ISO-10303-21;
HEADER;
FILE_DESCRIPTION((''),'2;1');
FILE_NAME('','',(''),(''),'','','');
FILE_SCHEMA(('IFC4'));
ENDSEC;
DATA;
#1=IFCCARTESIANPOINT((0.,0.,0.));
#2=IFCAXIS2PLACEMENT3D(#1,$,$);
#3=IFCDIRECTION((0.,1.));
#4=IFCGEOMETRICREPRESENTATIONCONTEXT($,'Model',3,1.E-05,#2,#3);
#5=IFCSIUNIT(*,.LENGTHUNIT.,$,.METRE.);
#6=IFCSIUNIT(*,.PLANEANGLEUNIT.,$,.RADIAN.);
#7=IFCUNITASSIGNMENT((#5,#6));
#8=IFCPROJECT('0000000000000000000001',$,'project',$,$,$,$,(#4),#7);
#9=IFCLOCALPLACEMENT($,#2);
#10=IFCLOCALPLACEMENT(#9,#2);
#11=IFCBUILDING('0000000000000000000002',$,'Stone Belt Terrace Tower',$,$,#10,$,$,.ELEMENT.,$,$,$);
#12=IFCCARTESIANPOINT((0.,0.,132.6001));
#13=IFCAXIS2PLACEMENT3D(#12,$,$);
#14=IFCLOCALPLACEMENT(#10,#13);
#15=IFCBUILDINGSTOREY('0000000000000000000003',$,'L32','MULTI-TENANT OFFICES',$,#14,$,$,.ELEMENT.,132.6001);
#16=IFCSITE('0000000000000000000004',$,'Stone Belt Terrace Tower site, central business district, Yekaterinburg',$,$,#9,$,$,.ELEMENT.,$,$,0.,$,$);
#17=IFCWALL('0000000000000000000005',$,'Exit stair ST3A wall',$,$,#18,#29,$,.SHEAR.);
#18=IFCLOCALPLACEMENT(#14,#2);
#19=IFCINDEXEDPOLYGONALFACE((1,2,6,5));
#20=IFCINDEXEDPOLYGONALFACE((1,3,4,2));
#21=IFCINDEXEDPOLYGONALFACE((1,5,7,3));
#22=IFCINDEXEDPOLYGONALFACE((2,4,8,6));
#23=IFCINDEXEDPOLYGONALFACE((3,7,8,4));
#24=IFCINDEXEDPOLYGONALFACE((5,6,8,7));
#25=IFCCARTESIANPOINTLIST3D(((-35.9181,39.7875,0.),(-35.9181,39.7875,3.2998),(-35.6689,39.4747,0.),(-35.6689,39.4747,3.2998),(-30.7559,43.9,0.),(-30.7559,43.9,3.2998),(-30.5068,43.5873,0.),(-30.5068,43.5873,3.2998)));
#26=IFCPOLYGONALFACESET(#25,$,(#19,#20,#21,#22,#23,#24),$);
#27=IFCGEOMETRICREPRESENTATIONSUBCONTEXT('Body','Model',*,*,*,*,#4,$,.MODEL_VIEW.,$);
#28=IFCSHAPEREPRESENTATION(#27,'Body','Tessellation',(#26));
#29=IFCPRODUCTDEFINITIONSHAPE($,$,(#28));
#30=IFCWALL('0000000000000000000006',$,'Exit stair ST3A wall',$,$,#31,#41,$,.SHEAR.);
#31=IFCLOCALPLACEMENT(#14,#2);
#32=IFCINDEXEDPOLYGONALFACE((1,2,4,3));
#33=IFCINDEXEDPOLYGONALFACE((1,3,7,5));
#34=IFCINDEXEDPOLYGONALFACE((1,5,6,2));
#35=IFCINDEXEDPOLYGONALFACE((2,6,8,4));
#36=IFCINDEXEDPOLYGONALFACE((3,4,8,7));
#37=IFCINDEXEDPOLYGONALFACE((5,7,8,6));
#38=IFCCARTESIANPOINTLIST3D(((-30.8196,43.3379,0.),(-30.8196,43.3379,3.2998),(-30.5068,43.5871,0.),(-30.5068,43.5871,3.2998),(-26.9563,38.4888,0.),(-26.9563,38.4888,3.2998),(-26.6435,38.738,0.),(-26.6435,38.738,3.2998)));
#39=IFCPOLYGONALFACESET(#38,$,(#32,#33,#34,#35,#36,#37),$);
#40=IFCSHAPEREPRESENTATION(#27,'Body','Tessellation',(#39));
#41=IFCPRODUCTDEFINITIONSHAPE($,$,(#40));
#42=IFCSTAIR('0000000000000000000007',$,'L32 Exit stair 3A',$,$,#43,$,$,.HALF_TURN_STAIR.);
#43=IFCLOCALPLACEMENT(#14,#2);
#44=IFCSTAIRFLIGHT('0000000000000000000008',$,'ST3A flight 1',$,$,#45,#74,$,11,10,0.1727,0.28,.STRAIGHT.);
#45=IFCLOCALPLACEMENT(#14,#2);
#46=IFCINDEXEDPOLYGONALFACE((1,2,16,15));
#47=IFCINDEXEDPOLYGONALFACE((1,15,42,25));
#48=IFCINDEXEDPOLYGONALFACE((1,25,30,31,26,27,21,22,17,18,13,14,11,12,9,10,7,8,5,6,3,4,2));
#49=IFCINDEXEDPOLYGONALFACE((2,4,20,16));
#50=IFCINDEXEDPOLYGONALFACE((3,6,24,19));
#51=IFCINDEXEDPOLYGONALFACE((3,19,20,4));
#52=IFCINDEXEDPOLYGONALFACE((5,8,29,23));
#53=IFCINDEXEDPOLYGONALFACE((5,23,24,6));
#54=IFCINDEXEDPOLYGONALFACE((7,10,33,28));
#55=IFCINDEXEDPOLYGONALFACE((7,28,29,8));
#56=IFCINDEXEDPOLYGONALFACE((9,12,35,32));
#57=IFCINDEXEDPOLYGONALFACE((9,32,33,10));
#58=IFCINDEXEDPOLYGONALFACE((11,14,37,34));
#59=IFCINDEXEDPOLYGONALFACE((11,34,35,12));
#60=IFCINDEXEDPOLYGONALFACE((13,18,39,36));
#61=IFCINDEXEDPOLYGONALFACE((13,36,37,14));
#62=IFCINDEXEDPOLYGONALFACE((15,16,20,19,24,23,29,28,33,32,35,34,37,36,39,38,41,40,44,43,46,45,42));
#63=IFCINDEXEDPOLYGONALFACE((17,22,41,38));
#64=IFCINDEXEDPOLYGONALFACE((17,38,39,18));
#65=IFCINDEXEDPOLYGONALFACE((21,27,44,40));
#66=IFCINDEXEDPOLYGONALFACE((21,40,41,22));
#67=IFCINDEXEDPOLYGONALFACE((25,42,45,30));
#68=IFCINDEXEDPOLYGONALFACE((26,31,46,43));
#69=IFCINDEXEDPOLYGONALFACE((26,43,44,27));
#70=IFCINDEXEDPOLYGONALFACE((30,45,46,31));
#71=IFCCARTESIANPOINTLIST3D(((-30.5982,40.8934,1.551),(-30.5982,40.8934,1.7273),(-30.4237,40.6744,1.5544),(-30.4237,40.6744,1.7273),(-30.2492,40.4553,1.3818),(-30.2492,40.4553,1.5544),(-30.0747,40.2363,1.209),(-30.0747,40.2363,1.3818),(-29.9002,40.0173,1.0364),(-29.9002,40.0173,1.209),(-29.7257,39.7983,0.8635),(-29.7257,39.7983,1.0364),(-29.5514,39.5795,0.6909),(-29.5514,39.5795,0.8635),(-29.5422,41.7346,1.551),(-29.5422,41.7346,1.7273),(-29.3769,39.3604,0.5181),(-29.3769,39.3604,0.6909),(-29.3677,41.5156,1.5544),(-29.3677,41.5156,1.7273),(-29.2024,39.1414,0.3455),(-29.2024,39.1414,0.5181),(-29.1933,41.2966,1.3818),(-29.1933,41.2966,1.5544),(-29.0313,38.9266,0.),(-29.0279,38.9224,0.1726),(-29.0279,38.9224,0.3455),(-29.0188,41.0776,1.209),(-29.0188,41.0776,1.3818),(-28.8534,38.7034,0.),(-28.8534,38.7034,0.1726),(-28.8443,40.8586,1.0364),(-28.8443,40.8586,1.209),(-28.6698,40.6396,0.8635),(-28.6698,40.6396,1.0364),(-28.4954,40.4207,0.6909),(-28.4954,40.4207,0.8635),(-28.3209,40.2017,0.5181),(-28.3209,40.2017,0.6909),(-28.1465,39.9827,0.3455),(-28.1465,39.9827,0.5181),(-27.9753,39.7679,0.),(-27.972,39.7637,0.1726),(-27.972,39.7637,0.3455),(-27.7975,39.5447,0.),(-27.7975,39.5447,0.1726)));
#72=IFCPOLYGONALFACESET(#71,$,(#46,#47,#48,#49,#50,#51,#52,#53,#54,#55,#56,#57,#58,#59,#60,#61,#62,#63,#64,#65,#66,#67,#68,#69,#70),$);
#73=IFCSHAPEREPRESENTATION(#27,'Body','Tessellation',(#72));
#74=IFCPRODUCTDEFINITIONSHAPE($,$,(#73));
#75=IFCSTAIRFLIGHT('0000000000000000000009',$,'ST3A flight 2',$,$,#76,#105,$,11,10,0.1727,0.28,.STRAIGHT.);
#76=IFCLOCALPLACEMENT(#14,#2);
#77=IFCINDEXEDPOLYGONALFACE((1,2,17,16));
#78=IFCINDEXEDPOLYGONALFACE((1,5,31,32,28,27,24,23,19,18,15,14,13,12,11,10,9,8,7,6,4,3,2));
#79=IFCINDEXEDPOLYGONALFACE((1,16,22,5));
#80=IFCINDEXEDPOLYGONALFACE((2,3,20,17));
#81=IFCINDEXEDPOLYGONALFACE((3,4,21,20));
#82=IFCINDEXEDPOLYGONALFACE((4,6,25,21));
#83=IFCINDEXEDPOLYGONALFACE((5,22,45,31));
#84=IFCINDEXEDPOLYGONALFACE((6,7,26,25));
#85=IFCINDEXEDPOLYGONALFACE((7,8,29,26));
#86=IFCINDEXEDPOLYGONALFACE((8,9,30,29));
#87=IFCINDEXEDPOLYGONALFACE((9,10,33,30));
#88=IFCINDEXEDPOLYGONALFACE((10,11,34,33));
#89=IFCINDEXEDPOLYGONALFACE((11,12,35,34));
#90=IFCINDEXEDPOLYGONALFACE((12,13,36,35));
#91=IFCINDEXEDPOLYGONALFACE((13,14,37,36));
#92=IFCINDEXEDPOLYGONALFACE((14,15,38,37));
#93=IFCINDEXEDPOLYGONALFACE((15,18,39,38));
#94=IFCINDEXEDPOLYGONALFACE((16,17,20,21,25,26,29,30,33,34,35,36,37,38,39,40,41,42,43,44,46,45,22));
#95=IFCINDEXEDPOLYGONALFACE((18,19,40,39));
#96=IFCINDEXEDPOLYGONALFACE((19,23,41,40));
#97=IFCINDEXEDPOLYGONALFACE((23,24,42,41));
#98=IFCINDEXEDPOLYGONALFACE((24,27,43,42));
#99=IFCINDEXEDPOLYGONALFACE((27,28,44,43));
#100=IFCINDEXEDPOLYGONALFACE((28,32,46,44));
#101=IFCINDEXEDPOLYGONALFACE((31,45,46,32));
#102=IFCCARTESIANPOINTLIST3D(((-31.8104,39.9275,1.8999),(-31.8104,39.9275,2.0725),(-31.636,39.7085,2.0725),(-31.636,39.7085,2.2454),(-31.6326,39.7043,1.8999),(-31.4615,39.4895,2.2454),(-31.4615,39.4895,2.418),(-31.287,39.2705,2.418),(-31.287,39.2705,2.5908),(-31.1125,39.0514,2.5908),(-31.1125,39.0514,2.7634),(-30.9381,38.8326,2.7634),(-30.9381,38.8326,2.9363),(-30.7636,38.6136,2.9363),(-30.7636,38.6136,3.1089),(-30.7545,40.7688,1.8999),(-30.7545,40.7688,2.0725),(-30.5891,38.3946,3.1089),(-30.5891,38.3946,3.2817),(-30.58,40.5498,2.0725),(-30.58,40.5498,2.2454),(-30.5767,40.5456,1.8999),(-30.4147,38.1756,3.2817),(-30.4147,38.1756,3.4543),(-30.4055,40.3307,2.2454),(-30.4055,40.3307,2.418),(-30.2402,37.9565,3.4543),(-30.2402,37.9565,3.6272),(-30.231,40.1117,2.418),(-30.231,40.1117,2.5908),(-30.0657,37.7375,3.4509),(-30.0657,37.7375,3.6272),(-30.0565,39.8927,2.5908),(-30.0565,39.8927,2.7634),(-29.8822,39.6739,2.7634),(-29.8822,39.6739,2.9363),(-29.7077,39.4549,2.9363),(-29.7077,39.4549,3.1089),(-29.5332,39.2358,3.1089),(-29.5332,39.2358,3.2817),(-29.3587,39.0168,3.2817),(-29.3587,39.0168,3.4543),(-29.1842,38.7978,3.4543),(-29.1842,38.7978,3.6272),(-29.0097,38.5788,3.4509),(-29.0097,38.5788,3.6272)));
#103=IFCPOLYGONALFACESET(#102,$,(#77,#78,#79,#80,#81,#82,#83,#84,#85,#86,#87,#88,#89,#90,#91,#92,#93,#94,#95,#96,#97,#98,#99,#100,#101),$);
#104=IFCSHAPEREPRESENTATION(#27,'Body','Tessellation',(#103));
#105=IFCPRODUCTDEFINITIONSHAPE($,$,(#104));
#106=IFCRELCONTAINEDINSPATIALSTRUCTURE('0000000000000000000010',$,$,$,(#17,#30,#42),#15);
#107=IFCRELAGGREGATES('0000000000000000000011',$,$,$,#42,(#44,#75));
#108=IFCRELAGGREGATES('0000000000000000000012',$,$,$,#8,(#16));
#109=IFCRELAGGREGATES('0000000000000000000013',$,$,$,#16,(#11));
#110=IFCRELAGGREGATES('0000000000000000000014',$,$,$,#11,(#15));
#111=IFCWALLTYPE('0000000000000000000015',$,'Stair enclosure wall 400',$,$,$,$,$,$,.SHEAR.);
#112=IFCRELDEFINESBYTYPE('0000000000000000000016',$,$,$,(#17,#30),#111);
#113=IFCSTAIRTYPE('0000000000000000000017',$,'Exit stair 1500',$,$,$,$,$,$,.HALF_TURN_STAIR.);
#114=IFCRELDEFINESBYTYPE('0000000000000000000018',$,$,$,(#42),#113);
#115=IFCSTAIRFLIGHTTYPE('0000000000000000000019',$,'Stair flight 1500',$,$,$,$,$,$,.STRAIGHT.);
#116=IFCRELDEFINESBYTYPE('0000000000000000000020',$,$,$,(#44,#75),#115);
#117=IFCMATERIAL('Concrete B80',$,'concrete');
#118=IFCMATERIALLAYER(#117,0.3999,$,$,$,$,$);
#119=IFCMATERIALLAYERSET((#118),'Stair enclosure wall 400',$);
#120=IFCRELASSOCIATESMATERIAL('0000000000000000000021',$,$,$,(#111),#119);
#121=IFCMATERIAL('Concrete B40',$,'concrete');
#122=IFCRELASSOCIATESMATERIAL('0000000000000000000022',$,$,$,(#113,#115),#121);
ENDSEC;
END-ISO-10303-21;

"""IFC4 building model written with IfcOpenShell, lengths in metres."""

from ifc_helpers import new_model, si_unit, direction, frame, frame_2d, origin, place, context, subcontext, project, spatial, polyline, rectangle, outline, extrude, material, layer, layer_set, type_object, element, aggregate, save


model = new_model("IFC4")

# Units and contexts
model_context = context("Model", 3, precision=1e-05, world=origin(), true_north=direction((0.0, 1.0)))
body_context = subcontext(model_context, "Body", "Model", "MODEL_VIEW")
ifc_project = project(units=[si_unit("LENGTHUNIT", "METRE"), si_unit("PLANEANGLEUNIT", "RADIAN")], contexts=[model_context])

# Site, building, storey
site_placement = place(None, origin())
site = spatial("IfcSite", under=ifc_project, at=site_placement, Name="Stone Belt Terrace Tower site, central business district, Yekaterinburg", CompositionType="ELEMENT", RefElevation=0.0)
building_placement = place(site_placement, origin())
building = spatial("IfcBuilding", under=site, at=building_placement, Name="Stone Belt Terrace Tower", CompositionType="ELEMENT")
storey_placement = place(building_placement, frame((0.0, 0.0, 132.6001)))
storey = spatial("IfcBuildingStorey", under=building, at=storey_placement, Name="L32", Description="MULTI-TENANT OFFICES", CompositionType="ELEMENT", Elevation=132.6001)

# Shared definitions
ifc_material_1 = material(Name="Concrete B80", Category="concrete")

# Walls
ifc_layer_1 = layer(ifc_material_1, 0.3999)
ifc_layer_set_1 = layer_set([ifc_layer_1], Name="Stair enclosure wall 400")
wall_type_1 = type_object("IfcWallType", Name="Stair enclosure wall 400", PredefinedType="SHEAR", material=ifc_layer_set_1)
for number, where, z_axis, x_axis, name in (
    (1, (-30.6313, 43.7437, 0.0), (0.0, 0.0, 1.0), (-0.782134, -0.62311, 0.0), "Exit stair ST3A wall"),
):
    element("IfcWall", number, at=place(storey_placement, frame(where, z_axis=z_axis, x_axis=x_axis)), inside=storey, type_object=wall_type_1, Name=name, PredefinedType="SHEAR", context=body_context, shape_type="SweptSolid", body=[
        extrude(rectangle(XDim=6.6001, YDim=0.3999, at=frame_2d((3.3, 0.0))), origin(), (0.0, 0.0, 1.0), 3.2998),
    ])
wall_1_placement = place(storey_placement, frame((-26.7998, 38.6133, 0.0), z_axis=(0.0, 0.0, 1.0), x_axis=(-0.623119, 0.782127, 0.0)))
element("IfcWall", 2, at=wall_1_placement, inside=storey, type_object=wall_type_1, Name="Exit stair ST3A wall", PredefinedType="SHEAR", context=body_context, shape_type="SweptSolid", body=[
    extrude(rectangle(XDim=6.2, YDim=0.3999, at=frame_2d((3.1001, 0.0))), origin(), (0.0, 0.0, 1.0), 3.2998),
])

# Stair, stair flights
ifc_material_2 = material(Name="Concrete B40", Category="concrete")
stair_type = type_object("IfcStairType", Name="Exit stair 1500", PredefinedType="HALF_TURN_STAIR", material=ifc_material_2)
stair_placement = place(storey_placement, origin())
stair = element("IfcStair", 3, at=stair_placement, inside=storey, type_object=stair_type, Name="L32 Exit stair 3A", PredefinedType="HALF_TURN_STAIR")
stair_flight_type = type_object("IfcStairFlightType", Name="Stair flight 1500", PredefinedType="STRAIGHT", material=ifc_material_2)
stair_flight_1_placement = place(storey_placement, frame((-28.3254, 39.124, 0.0), z_axis=(0.0, 0.0, 1.0), x_axis=(-0.623121, 0.782125, 0.0)))
stair_flight_1 = element("IfcStairFlight", 4, at=stair_flight_1_placement, type_object=stair_flight_type, Name="ST3A flight 1", NumberOfRisers=11, NumberOfTreads=10, PredefinedType="STRAIGHT", RiserHeight=0.1727, TreadLength=0.28, context=body_context, shape_type="SweptSolid", body=[
    extrude(outline(polyline([(0.0, 0.0), (0.0, 0.1726), (0.28, 0.1726), (0.28, 0.3455), (0.5601, 0.3455), (0.5601, 0.5181), (0.8401, 0.5181), (0.8401, 0.6909), (1.1201, 0.6909), (1.1201, 0.8635), (1.3999, 0.8635), (1.3999, 1.0364), (1.6799, 1.0364), (1.6799, 1.209), (1.96, 1.209), (1.96, 1.3818), (2.24, 1.3818), (2.24, 1.5544), (2.52, 1.5544), (2.52, 1.7273), (2.8, 1.7273), (2.8, 1.8999), (2.8, 1.551), (0.2854, 0.0), (0.0, 0.0)])), frame((0.0, 0.675, 0.0), z_axis=(0.0, -1.0, 0.0), x_axis=(1.0, 0.0, 0.0)), (0.0, 0.0, 1.0), 1.3501),
])
stair_flight_2_placement = place(storey_placement, frame((-31.2825, 40.3481, 1.8999), z_axis=(0.0, 0.0, 1.0), x_axis=(0.623121, -0.782125, 0.0)))
stair_flight_2 = element("IfcStairFlight", 5, at=stair_flight_2_placement, type_object=stair_flight_type, Name="ST3A flight 2", NumberOfRisers=11, NumberOfTreads=10, PredefinedType="STRAIGHT", RiserHeight=0.1727, TreadLength=0.28, context=body_context, shape_type="SweptSolid", body=[
    extrude(outline(polyline([(0.0, 0.0), (0.0, 0.1726), (0.28, 0.1726), (0.28, 0.3455), (0.5601, 0.3455), (0.5601, 0.5181), (0.8401, 0.5181), (0.8401, 0.6909), (1.1201, 0.6909), (1.1201, 0.8635), (1.3999, 0.8635), (1.3999, 1.0364), (1.6799, 1.0364), (1.6799, 1.209), (1.96, 1.209), (1.96, 1.3818), (2.24, 1.3818), (2.24, 1.5544), (2.52, 1.5544), (2.52, 1.7273), (2.8, 1.7273), (2.8, 1.8999), (2.8, 1.551), (0.2854, 0.0), (0.0, 0.0)])), frame((0.0, 0.675, 0.0), z_axis=(0.0, -1.0, 0.0), x_axis=(1.0, 0.0, 0.0)), (0.0, 0.0, 1.0), 1.3501),
])
aggregate(stair, [stair_flight_1, stair_flight_2])

save(model, "model.ifc")
